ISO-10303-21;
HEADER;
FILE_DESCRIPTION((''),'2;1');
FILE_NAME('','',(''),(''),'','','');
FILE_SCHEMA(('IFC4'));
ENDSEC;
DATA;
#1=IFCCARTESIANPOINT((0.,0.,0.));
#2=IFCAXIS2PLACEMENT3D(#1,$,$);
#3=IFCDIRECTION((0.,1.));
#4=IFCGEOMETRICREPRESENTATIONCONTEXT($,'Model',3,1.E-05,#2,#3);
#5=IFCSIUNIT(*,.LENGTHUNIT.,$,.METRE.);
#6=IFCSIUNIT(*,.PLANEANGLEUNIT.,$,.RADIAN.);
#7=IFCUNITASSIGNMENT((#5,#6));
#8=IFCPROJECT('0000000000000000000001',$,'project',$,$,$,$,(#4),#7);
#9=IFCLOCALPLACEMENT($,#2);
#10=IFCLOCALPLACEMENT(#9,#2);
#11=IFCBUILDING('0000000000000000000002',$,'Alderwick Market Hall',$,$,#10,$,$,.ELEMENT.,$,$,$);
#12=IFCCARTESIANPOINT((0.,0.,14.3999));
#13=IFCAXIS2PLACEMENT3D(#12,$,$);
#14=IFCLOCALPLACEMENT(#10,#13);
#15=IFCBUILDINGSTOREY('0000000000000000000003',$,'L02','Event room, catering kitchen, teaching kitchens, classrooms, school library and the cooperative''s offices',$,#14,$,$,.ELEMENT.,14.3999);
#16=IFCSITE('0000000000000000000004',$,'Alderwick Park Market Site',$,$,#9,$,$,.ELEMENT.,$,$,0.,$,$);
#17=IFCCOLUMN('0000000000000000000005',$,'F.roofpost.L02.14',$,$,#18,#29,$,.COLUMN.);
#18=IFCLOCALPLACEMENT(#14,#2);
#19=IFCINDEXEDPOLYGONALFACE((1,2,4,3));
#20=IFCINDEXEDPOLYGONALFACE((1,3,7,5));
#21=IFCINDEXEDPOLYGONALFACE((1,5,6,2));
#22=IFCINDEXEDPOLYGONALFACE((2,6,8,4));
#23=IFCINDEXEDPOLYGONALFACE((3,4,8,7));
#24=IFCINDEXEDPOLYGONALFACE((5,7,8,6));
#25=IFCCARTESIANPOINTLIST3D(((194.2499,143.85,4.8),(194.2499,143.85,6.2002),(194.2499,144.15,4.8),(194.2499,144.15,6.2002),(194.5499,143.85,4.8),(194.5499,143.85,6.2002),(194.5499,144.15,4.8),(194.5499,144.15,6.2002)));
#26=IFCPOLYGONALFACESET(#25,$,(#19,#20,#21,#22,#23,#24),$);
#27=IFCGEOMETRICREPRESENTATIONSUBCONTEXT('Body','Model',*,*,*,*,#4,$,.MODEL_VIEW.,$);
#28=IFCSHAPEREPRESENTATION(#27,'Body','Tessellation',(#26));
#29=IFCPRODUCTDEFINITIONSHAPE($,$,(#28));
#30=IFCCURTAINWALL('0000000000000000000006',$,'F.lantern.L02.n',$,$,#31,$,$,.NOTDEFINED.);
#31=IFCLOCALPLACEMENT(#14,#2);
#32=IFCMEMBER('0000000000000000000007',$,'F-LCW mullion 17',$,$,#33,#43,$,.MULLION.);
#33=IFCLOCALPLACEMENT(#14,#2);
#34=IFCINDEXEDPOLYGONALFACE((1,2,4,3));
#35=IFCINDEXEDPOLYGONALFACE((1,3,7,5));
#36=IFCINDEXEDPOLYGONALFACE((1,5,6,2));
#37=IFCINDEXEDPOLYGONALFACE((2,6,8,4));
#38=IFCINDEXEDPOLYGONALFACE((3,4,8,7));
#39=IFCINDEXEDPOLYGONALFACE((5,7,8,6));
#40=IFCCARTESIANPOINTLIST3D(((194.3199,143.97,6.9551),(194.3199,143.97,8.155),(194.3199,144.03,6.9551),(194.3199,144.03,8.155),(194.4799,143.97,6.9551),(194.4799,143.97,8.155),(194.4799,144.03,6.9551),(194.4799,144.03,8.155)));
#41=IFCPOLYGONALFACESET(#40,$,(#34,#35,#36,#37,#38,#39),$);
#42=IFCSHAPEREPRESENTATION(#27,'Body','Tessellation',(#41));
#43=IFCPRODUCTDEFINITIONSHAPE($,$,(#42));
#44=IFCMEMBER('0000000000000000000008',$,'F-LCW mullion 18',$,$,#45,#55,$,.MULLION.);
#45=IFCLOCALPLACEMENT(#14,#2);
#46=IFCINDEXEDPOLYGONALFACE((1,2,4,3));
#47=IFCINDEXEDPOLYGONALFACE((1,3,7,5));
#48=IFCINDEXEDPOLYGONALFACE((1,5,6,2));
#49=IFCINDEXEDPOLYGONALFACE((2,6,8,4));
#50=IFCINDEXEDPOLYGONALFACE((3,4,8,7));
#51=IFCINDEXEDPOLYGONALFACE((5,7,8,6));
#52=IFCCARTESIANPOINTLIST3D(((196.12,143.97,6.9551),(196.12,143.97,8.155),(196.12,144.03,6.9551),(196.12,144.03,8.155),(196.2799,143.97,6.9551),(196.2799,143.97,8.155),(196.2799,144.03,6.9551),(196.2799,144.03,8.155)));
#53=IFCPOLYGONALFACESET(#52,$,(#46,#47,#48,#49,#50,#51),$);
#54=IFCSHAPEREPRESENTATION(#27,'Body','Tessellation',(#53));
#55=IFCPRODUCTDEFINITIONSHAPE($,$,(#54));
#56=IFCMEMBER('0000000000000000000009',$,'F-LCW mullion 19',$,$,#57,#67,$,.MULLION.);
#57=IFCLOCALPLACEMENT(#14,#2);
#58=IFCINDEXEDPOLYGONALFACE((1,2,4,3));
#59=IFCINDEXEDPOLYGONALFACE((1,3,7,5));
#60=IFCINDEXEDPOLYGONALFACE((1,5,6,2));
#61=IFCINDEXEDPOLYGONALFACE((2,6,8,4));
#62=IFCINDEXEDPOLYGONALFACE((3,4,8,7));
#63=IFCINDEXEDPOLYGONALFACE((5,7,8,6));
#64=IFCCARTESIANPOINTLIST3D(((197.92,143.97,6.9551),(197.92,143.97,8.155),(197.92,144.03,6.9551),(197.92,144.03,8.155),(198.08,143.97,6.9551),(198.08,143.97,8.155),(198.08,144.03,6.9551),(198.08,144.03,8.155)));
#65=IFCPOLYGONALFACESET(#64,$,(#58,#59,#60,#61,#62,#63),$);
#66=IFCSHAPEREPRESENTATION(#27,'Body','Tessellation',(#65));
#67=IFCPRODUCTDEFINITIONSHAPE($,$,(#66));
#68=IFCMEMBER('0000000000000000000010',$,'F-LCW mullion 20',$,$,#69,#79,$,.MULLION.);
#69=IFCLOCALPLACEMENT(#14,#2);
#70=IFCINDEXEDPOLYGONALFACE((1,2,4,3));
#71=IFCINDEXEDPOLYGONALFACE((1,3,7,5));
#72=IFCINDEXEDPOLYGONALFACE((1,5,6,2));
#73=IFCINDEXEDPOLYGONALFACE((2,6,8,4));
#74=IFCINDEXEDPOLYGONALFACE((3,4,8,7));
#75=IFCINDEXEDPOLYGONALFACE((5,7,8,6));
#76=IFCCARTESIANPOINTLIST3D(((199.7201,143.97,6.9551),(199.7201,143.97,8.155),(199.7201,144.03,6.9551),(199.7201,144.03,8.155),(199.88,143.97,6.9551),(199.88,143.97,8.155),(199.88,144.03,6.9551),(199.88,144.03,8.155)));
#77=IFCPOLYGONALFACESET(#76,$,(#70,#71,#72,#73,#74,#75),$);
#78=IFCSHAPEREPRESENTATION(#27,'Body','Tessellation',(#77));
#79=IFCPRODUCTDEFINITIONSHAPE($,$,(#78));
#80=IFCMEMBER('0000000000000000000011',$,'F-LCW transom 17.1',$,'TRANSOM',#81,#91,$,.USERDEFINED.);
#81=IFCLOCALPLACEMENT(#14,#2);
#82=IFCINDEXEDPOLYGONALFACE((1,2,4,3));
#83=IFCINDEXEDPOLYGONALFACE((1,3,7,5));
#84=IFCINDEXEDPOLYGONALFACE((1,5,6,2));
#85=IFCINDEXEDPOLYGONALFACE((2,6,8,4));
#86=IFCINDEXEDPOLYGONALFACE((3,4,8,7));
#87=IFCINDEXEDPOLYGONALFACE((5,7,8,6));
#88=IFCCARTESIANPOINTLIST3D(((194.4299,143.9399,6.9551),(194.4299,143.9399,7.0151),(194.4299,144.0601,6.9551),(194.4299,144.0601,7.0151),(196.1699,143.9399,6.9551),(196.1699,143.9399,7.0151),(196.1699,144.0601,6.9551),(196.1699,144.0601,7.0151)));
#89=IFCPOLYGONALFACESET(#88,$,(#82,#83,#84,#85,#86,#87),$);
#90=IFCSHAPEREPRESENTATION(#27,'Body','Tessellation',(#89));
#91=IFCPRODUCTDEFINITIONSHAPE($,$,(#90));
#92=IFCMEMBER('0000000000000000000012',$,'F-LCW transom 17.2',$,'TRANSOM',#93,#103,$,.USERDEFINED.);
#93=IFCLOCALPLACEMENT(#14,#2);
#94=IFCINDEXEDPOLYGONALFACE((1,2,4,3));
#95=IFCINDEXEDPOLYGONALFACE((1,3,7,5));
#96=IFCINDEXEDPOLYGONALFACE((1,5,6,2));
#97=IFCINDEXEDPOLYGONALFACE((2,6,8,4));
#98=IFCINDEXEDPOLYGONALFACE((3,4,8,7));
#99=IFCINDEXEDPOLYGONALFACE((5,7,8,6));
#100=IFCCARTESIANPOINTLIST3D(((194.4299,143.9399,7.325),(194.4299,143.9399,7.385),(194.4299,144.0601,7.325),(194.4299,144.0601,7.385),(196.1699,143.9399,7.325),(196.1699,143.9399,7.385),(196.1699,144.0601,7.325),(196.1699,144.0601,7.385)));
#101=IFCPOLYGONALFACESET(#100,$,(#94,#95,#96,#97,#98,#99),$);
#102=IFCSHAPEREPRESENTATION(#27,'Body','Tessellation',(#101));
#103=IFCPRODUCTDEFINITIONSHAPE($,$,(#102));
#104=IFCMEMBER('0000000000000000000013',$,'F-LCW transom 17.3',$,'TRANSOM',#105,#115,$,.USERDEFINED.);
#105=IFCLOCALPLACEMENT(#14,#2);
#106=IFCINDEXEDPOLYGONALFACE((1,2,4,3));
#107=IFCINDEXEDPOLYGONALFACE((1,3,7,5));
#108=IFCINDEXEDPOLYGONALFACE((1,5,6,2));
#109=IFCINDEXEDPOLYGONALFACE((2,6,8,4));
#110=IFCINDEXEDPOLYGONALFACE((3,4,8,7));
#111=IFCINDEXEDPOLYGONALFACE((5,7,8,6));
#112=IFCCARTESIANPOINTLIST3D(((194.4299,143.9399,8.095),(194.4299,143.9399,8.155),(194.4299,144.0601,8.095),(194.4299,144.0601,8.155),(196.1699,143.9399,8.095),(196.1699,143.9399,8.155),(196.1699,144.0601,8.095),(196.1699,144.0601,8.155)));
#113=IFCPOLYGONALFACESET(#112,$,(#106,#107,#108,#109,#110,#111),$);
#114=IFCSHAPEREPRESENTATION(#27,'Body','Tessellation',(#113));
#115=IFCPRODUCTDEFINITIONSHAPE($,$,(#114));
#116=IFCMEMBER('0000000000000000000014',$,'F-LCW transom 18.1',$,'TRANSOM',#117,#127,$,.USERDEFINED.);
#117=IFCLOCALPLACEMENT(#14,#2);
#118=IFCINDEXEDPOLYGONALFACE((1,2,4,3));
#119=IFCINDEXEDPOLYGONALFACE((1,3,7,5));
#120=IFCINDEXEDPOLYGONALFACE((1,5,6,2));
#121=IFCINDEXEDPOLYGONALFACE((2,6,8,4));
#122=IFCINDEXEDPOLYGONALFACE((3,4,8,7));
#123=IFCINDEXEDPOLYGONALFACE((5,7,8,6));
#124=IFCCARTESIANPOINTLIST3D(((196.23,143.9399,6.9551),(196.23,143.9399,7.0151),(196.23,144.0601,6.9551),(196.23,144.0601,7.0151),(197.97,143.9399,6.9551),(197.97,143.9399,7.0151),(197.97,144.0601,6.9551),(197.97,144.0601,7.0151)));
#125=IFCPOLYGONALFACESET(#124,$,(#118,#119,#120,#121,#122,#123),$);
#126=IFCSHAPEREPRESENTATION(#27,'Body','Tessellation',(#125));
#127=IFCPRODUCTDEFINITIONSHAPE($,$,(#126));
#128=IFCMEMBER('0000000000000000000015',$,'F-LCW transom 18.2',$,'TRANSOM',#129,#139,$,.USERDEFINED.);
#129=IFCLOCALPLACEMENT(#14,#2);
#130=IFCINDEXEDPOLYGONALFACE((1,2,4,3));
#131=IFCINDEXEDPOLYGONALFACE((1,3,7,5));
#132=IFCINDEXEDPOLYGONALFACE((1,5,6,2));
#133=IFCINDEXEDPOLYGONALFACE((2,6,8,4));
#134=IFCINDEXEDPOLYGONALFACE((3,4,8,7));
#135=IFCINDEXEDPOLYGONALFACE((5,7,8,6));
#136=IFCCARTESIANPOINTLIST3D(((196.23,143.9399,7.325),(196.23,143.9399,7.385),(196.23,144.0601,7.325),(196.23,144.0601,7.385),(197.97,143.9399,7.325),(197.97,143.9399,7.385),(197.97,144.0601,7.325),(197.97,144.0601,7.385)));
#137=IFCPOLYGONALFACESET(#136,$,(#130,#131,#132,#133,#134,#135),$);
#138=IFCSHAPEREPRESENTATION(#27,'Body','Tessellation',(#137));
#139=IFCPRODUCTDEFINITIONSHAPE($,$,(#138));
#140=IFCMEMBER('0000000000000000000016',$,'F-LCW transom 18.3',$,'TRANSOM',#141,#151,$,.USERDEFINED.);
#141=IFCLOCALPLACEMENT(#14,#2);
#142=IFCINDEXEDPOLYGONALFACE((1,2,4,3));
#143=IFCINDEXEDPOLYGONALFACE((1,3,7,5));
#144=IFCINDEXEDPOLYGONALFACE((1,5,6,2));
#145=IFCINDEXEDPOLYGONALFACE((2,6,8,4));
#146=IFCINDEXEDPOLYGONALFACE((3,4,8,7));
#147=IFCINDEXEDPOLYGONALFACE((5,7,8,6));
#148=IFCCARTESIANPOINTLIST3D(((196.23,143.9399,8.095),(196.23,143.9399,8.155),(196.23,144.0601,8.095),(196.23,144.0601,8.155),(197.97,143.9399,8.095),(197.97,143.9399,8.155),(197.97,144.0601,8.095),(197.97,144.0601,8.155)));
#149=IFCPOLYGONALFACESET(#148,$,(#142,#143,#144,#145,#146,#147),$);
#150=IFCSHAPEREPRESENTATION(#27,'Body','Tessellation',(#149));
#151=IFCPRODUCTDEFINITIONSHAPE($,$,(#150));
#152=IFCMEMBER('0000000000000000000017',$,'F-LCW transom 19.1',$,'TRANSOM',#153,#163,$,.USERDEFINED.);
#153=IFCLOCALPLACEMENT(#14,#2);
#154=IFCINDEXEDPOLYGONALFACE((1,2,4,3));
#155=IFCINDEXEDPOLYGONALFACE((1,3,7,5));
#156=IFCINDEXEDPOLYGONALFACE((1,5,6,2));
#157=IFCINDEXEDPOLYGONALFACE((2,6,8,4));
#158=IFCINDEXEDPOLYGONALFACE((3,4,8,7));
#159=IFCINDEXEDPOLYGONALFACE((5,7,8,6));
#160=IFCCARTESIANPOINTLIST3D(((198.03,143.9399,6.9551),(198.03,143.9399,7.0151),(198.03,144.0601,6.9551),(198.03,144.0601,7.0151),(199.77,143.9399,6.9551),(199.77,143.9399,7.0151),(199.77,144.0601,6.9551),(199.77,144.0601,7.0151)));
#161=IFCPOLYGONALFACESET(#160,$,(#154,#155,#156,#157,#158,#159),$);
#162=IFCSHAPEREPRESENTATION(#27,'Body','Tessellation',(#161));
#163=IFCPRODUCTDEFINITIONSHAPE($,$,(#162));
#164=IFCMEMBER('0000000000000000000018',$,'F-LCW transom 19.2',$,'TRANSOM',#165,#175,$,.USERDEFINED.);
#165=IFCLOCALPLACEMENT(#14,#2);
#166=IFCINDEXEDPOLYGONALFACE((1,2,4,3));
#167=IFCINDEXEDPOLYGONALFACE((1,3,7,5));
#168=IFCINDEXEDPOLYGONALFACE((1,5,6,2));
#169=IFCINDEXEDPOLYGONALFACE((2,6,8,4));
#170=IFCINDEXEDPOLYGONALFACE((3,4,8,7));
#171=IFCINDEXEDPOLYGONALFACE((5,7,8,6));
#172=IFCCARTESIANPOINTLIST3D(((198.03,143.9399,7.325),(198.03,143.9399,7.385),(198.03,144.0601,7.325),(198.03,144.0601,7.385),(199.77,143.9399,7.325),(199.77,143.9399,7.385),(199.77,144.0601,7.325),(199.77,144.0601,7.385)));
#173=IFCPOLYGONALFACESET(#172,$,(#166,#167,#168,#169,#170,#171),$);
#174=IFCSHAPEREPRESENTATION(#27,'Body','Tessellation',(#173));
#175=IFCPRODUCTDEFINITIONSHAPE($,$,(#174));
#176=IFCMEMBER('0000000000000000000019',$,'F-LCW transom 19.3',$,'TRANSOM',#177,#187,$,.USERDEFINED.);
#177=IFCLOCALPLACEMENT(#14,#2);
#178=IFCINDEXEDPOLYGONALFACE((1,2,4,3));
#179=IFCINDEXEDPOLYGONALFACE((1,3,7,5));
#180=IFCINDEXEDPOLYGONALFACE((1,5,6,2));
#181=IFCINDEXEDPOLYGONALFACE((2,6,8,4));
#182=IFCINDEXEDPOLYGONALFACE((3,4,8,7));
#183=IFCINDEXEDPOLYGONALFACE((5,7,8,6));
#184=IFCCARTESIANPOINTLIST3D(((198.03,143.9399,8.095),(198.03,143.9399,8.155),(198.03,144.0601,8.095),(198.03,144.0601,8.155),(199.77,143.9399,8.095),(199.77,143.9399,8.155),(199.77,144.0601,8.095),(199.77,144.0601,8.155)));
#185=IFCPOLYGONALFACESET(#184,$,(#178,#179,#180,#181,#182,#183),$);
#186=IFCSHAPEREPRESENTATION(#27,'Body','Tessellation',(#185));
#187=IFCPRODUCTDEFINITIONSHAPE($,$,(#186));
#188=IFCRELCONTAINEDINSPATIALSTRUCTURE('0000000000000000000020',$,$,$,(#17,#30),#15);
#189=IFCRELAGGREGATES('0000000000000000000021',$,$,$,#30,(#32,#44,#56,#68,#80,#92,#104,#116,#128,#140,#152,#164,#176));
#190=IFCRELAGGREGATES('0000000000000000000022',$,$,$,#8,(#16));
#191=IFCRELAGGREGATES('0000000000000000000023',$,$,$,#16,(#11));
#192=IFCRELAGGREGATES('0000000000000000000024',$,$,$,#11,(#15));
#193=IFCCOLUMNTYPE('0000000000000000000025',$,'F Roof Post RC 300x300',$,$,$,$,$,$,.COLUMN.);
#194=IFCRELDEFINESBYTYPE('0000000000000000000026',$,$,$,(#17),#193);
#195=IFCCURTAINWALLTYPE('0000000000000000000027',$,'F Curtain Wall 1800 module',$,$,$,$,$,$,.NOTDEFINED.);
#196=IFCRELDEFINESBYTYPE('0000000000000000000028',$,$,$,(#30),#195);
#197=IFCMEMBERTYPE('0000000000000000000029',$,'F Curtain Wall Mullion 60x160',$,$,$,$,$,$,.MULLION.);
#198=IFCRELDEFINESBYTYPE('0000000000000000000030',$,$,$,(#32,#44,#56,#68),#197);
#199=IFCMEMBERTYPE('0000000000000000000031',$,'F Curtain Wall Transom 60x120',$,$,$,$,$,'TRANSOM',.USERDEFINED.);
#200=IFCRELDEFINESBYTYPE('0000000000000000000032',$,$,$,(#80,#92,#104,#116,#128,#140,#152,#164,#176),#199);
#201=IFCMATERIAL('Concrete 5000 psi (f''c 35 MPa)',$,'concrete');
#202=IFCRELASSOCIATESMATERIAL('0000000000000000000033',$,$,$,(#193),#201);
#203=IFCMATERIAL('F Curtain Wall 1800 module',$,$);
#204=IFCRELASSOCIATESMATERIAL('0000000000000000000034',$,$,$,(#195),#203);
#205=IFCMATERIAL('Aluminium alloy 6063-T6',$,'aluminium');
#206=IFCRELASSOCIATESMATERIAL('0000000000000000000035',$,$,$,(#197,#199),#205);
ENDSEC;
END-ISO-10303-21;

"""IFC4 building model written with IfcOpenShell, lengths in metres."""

from ifc_helpers import new_model, si_unit, direction, frame, origin, origin_2d, place, context, subcontext, project, spatial, rectangle, extrude, material, material_profile, profile_set, type_object, element, aggregate, save


model = new_model("IFC4")

# Units and contexts
model_context = context("Model", 3, precision=1e-05, world=origin(), true_north=direction((0.0, 1.0)))
body_context = subcontext(model_context, "Body", "Model", "MODEL_VIEW")
ifc_project = project(units=[si_unit("LENGTHUNIT", "METRE"), si_unit("PLANEANGLEUNIT", "RADIAN")], contexts=[model_context])

# Site, building, storey
site_placement = place(None, origin())
site = spatial("IfcSite", under=ifc_project, at=site_placement, Name="Alderwick Park Market Site", CompositionType="ELEMENT", RefElevation=0.0)
building_placement = place(site_placement, origin())
building = spatial("IfcBuilding", under=site, at=building_placement, Name="Alderwick Market Hall", CompositionType="ELEMENT")
storey_placement = place(building_placement, frame((0.0, 0.0, 14.3999)))
storey = spatial("IfcBuildingStorey", under=building, at=storey_placement, Name="L02", Description="Event room, catering kitchen, teaching kitchens, classrooms, school library and the cooperative's offices", CompositionType="ELEMENT", Elevation=14.3999)

# Column
ifc_material_1 = material(Name="Concrete 5000 psi (f'c 35 MPa)", Category="concrete")
ifc_material_profile_1 = material_profile(ifc_material_1, rectangle(XDim=0.3, YDim=0.3, at=origin_2d()), Name="RC 300x300")
ifc_profile_set_1 = profile_set([ifc_material_profile_1], Name="Concrete 5000 psi (f'c 35 MPa)")
column_type = type_object("IfcColumnType", Name="F Roof Post RC 300x300", PredefinedType="COLUMN", material=ifc_profile_set_1)
column_placement = place(storey_placement, frame((194.3999, 144.0, 4.8), z_axis=(0.0, 0.0, 1.0), x_axis=(1.0, 0.0, 0.0)))
element("IfcColumn", 1, at=column_placement, inside=storey, type_object=column_type, Name="F.roofpost.L02.14", PredefinedType="COLUMN", context=body_context, shape_type="SweptSolid", body=[
    extrude(rectangle(XDim=0.3, YDim=0.3, at=origin_2d()), origin(), (0.0, 0.0, 1.0), 1.4001),
])

# Curtain wall, members
ifc_material_2 = material(Name="F Curtain Wall 1800 module")
curtain_wall_type = type_object("IfcCurtainWallType", Name="F Curtain Wall 1800 module", PredefinedType="NOTDEFINED", material=ifc_material_2)
curtain_wall_placement = place(storey_placement, origin())
curtain_wall = element("IfcCurtainWall", 2, at=curtain_wall_placement, inside=storey, type_object=curtain_wall_type, Name="F.lantern.L02.n", PredefinedType="NOTDEFINED")
ifc_material_3 = material(Name="Aluminium alloy 6063-T6", Category="aluminium")
ifc_material_profile_2 = material_profile(ifc_material_3, rectangle(XDim=0.0601, YDim=0.1599, at=origin_2d()), Name="AL 60x160")
ifc_profile_set_2 = profile_set([ifc_material_profile_2], Name="Aluminium alloy 6063-T6")
member_type_1 = type_object("IfcMemberType", Name="F Curtain Wall Mullion 60x160", PredefinedType="MULLION", material=ifc_profile_set_2)
member_1_placement = place(storey_placement, frame((194.3999, 144.0, 6.9551), z_axis=(0.0, 0.0, 1.0), x_axis=(0.0, 1.0, 0.0)))
member_1 = element("IfcMember", 3, at=member_1_placement, type_object=member_type_1, Name="F-LCW mullion 17", PredefinedType="MULLION", context=body_context, shape_type="SweptSolid", body=[
    extrude(rectangle(XDim=0.0601, YDim=0.1599, at=origin_2d()), origin(), (0.0, 0.0, 1.0), 1.2),
])
member_2_placement = place(storey_placement, frame((196.2, 144.0, 6.9551), z_axis=(0.0, 0.0, 1.0), x_axis=(0.0, 1.0, 0.0)))
member_2 = element("IfcMember", 4, at=member_2_placement, type_object=member_type_1, Name="F-LCW mullion 18", PredefinedType="MULLION", context=body_context, shape_type="SweptSolid", body=[
    extrude(rectangle(XDim=0.0601, YDim=0.1599, at=origin_2d()), origin(), (0.0, 0.0, 1.0), 1.2),
])
member_3_placement = place(storey_placement, frame((198.0, 144.0, 6.9551), z_axis=(0.0, 0.0, 1.0), x_axis=(0.0, 1.0, 0.0)))
member_3 = element("IfcMember", 5, at=member_3_placement, type_object=member_type_1, Name="F-LCW mullion 19", PredefinedType="MULLION", context=body_context, shape_type="SweptSolid", body=[
    extrude(rectangle(XDim=0.0601, YDim=0.1599, at=origin_2d()), origin(), (0.0, 0.0, 1.0), 1.2),
])
member_4_placement = place(storey_placement, frame((199.8, 144.0, 6.9551), z_axis=(0.0, 0.0, 1.0), x_axis=(0.0, 1.0, 0.0)))
member_4 = element("IfcMember", 6, at=member_4_placement, type_object=member_type_1, Name="F-LCW mullion 20", PredefinedType="MULLION", context=body_context, shape_type="SweptSolid", body=[
    extrude(rectangle(XDim=0.0601, YDim=0.1599, at=origin_2d()), origin(), (0.0, 0.0, 1.0), 1.2),
])
ifc_material_profile_3 = material_profile(ifc_material_3, rectangle(XDim=0.1201, YDim=0.0601, at=origin_2d()), Name="AL 60x120")
ifc_profile_set_3 = profile_set([ifc_material_profile_3], Name="Aluminium alloy 6063-T6")
member_type_2 = type_object("IfcMemberType", Name="F Curtain Wall Transom 60x120", ElementType="TRANSOM", PredefinedType="USERDEFINED", material=ifc_profile_set_3)
member_5_placement = place(storey_placement, frame((194.4299, 144.0, 6.9851), z_axis=(1.0, 0.0, 0.0), x_axis=(0.0, 1.0, 0.0)))
member_5 = element("IfcMember", 7, at=member_5_placement, type_object=member_type_2, Name="F-LCW transom 17.1", ObjectType="TRANSOM", PredefinedType="USERDEFINED", context=body_context, shape_type="SweptSolid", body=[
    extrude(rectangle(XDim=0.1201, YDim=0.0601, at=origin_2d()), origin(), (0.0, 0.0, 1.0), 1.74),
])
member_6_placement = place(storey_placement, frame((194.4299, 144.0, 7.355), z_axis=(1.0, 0.0, 0.0), x_axis=(0.0, 1.0, 0.0)))
member_6 = element("IfcMember", 8, at=member_6_placement, type_object=member_type_2, Name="F-LCW transom 17.2", ObjectType="TRANSOM", PredefinedType="USERDEFINED", context=body_context, shape_type="SweptSolid", body=[
    extrude(rectangle(XDim=0.1201, YDim=0.0601, at=origin_2d()), origin(), (0.0, 0.0, 1.0), 1.74),
])
member_7_placement = place(storey_placement, frame((194.4299, 144.0, 8.125), z_axis=(1.0, 0.0, 0.0), x_axis=(0.0, 1.0, 0.0)))
member_7 = element("IfcMember", 9, at=member_7_placement, type_object=member_type_2, Name="F-LCW transom 17.3", ObjectType="TRANSOM", PredefinedType="USERDEFINED", context=body_context, shape_type="SweptSolid", body=[
    extrude(rectangle(XDim=0.1201, YDim=0.0601, at=origin_2d()), origin(), (0.0, 0.0, 1.0), 1.74),
])
member_8_placement = place(storey_placement, frame((196.23, 144.0, 6.9851), z_axis=(1.0, 0.0, 0.0), x_axis=(0.0, 1.0, 0.0)))
member_8 = element("IfcMember", 10, at=member_8_placement, type_object=member_type_2, Name="F-LCW transom 18.1", ObjectType="TRANSOM", PredefinedType="USERDEFINED", context=body_context, shape_type="SweptSolid", body=[
    extrude(rectangle(XDim=0.1201, YDim=0.0601, at=origin_2d()), origin(), (0.0, 0.0, 1.0), 1.74),
])
member_9_placement = place(storey_placement, frame((196.23, 144.0, 7.355), z_axis=(1.0, 0.0, 0.0), x_axis=(0.0, 1.0, 0.0)))
member_9 = element("IfcMember", 11, at=member_9_placement, type_object=member_type_2, Name="F-LCW transom 18.2", ObjectType="TRANSOM", PredefinedType="USERDEFINED", context=body_context, shape_type="SweptSolid", body=[
    extrude(rectangle(XDim=0.1201, YDim=0.0601, at=origin_2d()), origin(), (0.0, 0.0, 1.0), 1.74),
])
member_10_placement = place(storey_placement, frame((196.23, 144.0, 8.125), z_axis=(1.0, 0.0, 0.0), x_axis=(0.0, 1.0, 0.0)))
member_10 = element("IfcMember", 12, at=member_10_placement, type_object=member_type_2, Name="F-LCW transom 18.3", ObjectType="TRANSOM", PredefinedType="USERDEFINED", context=body_context, shape_type="SweptSolid", body=[
    extrude(rectangle(XDim=0.1201, YDim=0.0601, at=origin_2d()), origin(), (0.0, 0.0, 1.0), 1.74),
])
member_11_placement = place(storey_placement, frame((198.03, 144.0, 6.9851), z_axis=(1.0, 0.0, 0.0), x_axis=(0.0, 1.0, 0.0)))
member_11 = element("IfcMember", 13, at=member_11_placement, type_object=member_type_2, Name="F-LCW transom 19.1", ObjectType="TRANSOM", PredefinedType="USERDEFINED", context=body_context, shape_type="SweptSolid", body=[
    extrude(rectangle(XDim=0.1201, YDim=0.0601, at=origin_2d()), origin(), (0.0, 0.0, 1.0), 1.74),
])
member_12_placement = place(storey_placement, frame((198.03, 144.0, 7.355), z_axis=(1.0, 0.0, 0.0), x_axis=(0.0, 1.0, 0.0)))
member_12 = element("IfcMember", 14, at=member_12_placement, type_object=member_type_2, Name="F-LCW transom 19.2", ObjectType="TRANSOM", PredefinedType="USERDEFINED", context=body_context, shape_type="SweptSolid", body=[
    extrude(rectangle(XDim=0.1201, YDim=0.0601, at=origin_2d()), origin(), (0.0, 0.0, 1.0), 1.74),
])
member_13_placement = place(storey_placement, frame((198.03, 144.0, 8.125), z_axis=(1.0, 0.0, 0.0), x_axis=(0.0, 1.0, 0.0)))
member_13 = element("IfcMember", 15, at=member_13_placement, type_object=member_type_2, Name="F-LCW transom 19.3", ObjectType="TRANSOM", PredefinedType="USERDEFINED", context=body_context, shape_type="SweptSolid", body=[
    extrude(rectangle(XDim=0.1201, YDim=0.0601, at=origin_2d()), origin(), (0.0, 0.0, 1.0), 1.74),
])

aggregate(curtain_wall, [member_1, member_2, member_3, member_4, member_5, member_6, member_7, member_8, member_9, member_10, member_11, member_12, member_13])

save(model, "model.ifc")
